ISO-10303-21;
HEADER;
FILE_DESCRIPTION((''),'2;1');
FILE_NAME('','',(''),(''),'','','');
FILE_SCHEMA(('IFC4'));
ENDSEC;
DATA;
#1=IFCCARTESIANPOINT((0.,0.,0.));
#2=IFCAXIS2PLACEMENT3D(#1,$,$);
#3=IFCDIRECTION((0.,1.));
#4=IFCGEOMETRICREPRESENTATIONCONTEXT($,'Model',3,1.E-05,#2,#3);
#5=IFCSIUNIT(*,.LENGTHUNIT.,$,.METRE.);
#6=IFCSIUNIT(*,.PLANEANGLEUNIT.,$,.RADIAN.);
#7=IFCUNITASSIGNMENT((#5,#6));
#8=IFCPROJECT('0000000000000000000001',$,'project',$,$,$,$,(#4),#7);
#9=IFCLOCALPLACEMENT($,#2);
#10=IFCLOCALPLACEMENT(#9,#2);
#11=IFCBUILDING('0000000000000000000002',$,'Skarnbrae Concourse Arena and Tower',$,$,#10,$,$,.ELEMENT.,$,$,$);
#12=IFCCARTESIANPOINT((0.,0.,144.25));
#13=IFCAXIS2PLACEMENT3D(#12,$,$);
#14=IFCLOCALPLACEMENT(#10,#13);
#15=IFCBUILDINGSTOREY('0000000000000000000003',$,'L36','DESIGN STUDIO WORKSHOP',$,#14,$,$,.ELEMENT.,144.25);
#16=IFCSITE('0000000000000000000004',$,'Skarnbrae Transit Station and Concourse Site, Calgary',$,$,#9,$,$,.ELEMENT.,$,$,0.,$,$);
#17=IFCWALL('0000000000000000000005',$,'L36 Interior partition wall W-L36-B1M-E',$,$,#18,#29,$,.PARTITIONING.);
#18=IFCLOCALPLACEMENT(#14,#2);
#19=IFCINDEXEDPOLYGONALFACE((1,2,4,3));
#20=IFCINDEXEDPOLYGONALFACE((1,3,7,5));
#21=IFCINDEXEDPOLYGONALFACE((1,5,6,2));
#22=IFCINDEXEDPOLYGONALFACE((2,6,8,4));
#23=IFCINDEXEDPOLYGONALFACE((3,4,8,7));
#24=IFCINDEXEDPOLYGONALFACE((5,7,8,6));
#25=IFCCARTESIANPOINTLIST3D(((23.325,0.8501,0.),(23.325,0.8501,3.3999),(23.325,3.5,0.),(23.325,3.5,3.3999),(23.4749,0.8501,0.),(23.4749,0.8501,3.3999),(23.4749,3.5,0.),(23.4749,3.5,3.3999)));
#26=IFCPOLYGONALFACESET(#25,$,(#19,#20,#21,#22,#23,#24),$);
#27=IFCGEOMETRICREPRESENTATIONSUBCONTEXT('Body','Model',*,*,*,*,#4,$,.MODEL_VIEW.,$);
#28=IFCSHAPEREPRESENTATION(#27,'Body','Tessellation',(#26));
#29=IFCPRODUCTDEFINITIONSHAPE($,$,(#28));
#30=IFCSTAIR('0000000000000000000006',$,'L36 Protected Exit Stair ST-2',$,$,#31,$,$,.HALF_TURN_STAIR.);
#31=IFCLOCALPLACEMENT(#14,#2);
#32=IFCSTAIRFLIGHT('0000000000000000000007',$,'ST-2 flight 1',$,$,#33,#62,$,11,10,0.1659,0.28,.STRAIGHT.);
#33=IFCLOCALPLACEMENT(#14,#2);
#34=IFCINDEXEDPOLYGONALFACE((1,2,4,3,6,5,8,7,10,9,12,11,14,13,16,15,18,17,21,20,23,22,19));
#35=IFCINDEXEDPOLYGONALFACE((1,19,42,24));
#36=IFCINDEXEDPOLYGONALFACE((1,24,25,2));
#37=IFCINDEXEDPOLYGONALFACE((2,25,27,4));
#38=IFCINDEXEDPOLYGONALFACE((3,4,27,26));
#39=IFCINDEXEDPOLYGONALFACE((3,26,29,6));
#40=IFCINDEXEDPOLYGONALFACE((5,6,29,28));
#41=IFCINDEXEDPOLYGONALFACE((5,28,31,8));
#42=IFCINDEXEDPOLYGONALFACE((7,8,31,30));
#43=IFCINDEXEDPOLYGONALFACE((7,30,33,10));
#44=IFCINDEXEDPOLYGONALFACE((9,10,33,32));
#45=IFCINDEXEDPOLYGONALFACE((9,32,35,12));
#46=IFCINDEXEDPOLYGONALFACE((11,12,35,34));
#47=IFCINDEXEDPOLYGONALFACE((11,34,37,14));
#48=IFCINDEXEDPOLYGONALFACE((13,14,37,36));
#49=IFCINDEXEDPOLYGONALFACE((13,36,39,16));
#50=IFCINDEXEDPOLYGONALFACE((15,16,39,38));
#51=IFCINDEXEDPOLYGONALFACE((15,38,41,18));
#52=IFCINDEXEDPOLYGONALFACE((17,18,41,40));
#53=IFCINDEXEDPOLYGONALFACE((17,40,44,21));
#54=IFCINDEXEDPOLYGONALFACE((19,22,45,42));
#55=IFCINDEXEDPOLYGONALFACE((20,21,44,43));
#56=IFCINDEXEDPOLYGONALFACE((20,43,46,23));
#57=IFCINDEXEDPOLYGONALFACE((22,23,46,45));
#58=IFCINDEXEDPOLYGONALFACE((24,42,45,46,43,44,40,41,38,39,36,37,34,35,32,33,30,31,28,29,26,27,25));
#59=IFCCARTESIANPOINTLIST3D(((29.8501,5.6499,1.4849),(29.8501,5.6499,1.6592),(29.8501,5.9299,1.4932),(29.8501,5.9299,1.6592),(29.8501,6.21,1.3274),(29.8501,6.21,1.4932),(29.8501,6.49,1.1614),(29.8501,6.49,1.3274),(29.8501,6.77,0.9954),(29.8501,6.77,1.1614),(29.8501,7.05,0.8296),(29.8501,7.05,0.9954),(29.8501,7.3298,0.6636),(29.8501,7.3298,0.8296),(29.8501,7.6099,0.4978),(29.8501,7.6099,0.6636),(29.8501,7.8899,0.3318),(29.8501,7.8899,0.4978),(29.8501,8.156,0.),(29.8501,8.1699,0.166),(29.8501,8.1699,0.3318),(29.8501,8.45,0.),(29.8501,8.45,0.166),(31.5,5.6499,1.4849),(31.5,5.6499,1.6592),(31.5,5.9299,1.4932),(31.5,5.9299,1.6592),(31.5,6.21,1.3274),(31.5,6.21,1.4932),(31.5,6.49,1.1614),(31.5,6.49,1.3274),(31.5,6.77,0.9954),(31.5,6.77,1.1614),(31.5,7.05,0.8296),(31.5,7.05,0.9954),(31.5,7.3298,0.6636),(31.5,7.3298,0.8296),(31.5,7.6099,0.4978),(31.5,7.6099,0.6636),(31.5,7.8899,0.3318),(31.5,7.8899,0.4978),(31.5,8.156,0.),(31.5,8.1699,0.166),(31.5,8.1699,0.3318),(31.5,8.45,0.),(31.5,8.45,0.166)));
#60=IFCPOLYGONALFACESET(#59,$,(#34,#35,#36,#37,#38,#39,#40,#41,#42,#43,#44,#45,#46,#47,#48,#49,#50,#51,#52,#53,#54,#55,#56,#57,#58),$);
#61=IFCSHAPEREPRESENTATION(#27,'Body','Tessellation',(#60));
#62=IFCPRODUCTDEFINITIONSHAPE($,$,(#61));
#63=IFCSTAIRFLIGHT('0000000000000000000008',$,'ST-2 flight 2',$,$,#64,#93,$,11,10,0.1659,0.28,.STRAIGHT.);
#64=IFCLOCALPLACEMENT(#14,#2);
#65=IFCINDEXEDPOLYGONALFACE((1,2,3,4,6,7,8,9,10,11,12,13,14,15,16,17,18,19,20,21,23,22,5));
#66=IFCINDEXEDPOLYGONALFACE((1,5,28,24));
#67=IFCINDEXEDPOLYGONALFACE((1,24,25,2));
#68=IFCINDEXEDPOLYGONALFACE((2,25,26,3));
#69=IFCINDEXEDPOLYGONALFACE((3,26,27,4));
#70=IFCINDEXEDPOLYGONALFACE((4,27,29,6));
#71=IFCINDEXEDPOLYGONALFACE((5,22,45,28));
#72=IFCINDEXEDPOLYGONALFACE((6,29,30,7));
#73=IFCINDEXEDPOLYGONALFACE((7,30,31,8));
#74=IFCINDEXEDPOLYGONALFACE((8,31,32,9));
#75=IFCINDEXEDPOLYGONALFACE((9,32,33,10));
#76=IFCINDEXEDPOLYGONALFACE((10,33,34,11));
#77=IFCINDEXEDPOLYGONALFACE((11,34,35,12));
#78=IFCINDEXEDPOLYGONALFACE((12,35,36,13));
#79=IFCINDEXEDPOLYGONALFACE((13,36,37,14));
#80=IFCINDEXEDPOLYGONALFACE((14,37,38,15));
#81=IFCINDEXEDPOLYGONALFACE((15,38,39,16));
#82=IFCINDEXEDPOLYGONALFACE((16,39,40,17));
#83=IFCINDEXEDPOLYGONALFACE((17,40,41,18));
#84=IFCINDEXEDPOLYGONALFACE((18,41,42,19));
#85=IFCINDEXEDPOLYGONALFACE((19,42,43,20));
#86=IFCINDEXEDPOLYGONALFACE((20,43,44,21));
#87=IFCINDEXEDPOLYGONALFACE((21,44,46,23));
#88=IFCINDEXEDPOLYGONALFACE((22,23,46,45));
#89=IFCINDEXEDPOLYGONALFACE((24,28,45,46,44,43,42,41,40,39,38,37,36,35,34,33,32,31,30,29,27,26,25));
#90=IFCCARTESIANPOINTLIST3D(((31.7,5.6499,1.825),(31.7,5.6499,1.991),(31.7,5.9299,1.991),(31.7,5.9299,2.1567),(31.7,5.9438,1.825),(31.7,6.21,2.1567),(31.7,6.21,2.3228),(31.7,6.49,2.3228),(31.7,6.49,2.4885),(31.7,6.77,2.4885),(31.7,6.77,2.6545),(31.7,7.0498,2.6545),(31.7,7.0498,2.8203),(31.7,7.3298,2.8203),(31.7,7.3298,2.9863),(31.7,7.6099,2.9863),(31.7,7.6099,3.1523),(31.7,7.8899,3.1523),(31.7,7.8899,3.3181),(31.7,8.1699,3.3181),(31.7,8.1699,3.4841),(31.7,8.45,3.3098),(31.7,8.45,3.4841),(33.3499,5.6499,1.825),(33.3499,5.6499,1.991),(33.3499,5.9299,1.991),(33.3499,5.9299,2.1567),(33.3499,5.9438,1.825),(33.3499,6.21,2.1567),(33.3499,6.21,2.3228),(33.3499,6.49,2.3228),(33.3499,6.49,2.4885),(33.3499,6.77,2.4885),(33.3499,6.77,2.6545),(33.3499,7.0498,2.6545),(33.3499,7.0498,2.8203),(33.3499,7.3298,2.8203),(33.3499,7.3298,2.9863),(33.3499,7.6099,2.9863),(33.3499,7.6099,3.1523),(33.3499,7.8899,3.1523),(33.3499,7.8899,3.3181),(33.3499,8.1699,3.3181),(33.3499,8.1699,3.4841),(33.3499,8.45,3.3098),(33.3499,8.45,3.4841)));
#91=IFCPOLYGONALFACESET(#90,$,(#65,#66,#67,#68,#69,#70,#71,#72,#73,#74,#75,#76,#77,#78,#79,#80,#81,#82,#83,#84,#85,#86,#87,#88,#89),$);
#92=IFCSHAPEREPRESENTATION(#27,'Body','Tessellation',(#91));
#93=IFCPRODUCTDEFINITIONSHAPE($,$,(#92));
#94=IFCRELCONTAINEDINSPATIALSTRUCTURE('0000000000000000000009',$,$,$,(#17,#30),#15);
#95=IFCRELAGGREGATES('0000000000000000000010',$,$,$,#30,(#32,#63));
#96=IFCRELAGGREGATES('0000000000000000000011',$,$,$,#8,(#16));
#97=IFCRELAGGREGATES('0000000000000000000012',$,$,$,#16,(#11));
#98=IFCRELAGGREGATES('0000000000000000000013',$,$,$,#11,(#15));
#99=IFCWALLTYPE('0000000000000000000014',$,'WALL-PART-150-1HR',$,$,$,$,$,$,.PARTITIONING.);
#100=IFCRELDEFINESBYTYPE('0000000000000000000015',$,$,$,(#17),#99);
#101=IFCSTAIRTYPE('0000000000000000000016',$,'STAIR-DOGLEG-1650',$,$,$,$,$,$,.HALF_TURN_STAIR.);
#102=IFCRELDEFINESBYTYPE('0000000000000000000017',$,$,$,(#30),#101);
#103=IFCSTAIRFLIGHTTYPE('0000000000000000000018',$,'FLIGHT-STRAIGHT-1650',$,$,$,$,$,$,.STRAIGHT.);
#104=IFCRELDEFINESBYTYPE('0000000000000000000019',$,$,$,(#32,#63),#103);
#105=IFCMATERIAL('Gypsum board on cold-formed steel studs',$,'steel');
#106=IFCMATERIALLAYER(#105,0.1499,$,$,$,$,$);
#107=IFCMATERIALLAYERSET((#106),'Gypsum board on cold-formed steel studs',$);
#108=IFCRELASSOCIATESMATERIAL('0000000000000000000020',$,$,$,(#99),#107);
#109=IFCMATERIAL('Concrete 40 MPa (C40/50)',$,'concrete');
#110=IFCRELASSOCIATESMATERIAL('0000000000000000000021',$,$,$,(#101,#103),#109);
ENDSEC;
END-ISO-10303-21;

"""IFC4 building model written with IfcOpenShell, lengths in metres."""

from ifc_helpers import new_model, si_unit, direction, frame, frame_2d, origin, place, context, subcontext, project, spatial, polyline, rectangle, outline, extrude, source, transform, mapped, material, layer, layer_set, type_object, element, aggregate, save


model = new_model("IFC4")

# Units and contexts
model_context = context("Model", 3, precision=1e-05, world=origin(), true_north=direction((0.0, 1.0)))
body_context = subcontext(model_context, "Body", "Model", "MODEL_VIEW")
ifc_project = project(units=[si_unit("LENGTHUNIT", "METRE"), si_unit("PLANEANGLEUNIT", "RADIAN")], contexts=[model_context])

# Site, building, storey
site_placement = place(None, origin())
site = spatial("IfcSite", under=ifc_project, at=site_placement, Name="Skarnbrae Transit Station and Concourse Site, Calgary", CompositionType="ELEMENT", RefElevation=0.0)
building_placement = place(site_placement, origin())
building = spatial("IfcBuilding", under=site, at=building_placement, Name="Skarnbrae Concourse Arena and Tower", CompositionType="ELEMENT")
storey_placement = place(building_placement, frame((0.0, 0.0, 144.25)))
storey = spatial("IfcBuildingStorey", under=building, at=storey_placement, Name="L36", Description="DESIGN STUDIO WORKSHOP", CompositionType="ELEMENT", Elevation=144.25)

# Shared definitions
ifc_material_1 = material(Name="Gypsum board on cold-formed steel studs", Category="steel")

# Shared definitions
ifc_layer_1 = layer(ifc_material_1, 0.1499)
ifc_layer_set_1 = layer_set([ifc_layer_1], Name="Gypsum board on cold-formed steel studs")
wall_type_1 = type_object("IfcWallType", Name="WALL-PART-150-1HR", PredefinedType="PARTITIONING", material=ifc_layer_set_1)

# Wall
shared_shape_1 = source(origin(), body_context, "Body", "SweptSolid", [
    extrude(rectangle(XDim=2.6499, YDim=0.1499, at=frame_2d((1.325, 0.0))), origin(), (0.0, 0.0, 1.0), 3.3999),
])
wall_1_placement = place(storey_placement, frame((23.3999, 0.8501, 0.0), z_axis=(0.0, 0.0, 1.0), x_axis=(0.0, 1.0, 0.0)))
element("IfcWall", 1, at=wall_1_placement, inside=storey, type_object=wall_type_1, Name="L36 Interior partition wall W-L36-B1M-E", PredefinedType="PARTITIONING", context=body_context, shape_type="MappedRepresentation", body=[
    mapped(shared_shape_1, transform((0.0, 0.0, 0.0))),
])

# Stair, stair flights
ifc_material_2 = material(Name="Concrete 40 MPa (C40/50)", Category="concrete")
stair_type = type_object("IfcStairType", Name="STAIR-DOGLEG-1650", PredefinedType="HALF_TURN_STAIR", material=ifc_material_2)
stair_placement = place(storey_placement, origin())
stair = element("IfcStair", 2, at=stair_placement, inside=storey, type_object=stair_type, Name="L36 Protected Exit Stair ST-2", PredefinedType="HALF_TURN_STAIR")
stair_flight_type = type_object("IfcStairFlightType", Name="FLIGHT-STRAIGHT-1650", PredefinedType="STRAIGHT", material=ifc_material_2)
shared_shape_2 = source(origin(), body_context, "Body", "SweptSolid", [
    extrude(outline(polyline([(0.0, 0.0), (0.0, 0.166), (0.28, 0.166), (0.28, 0.3318), (0.5601, 0.3318), (0.5601, 0.4978), (0.8401, 0.4978), (0.8401, 0.6636), (1.1201, 0.6636), (1.1201, 0.8296), (1.3999, 0.8296), (1.3999, 0.9954), (1.6799, 0.9954), (1.6799, 1.1614), (1.96, 1.1614), (1.96, 1.3274), (2.24, 1.3274), (2.24, 1.4932), (2.52, 1.4932), (2.52, 1.6592), (2.8, 1.6592), (2.8, 1.825), (2.8, 1.4849), (0.2939, 0.0), (0.0, 0.0)])), frame((0.0, 0.825, 0.0), z_axis=(0.0, -1.0, 0.0), x_axis=(1.0, 0.0, 0.0)), (0.0, 0.0, 1.0), 1.6499),
])
stair_flight_1_placement = place(storey_placement, frame((30.675, 8.45, 0.0), z_axis=(0.0, 0.0, 1.0), x_axis=(0.0, -1.0, 0.0)))
stair_flight_1 = element("IfcStairFlight", 3, at=stair_flight_1_placement, type_object=stair_flight_type, Name="ST-2 flight 1", NumberOfRisers=11, NumberOfTreads=10, PredefinedType="STRAIGHT", RiserHeight=0.1659, TreadLength=0.28, context=body_context, shape_type="MappedRepresentation", body=[
    mapped(shared_shape_2, transform((0.0, 0.0, 0.0))),
])
stair_flight_2_placement = place(storey_placement, frame((32.5249, 5.6499, 1.825), z_axis=(0.0, 0.0, 1.0), x_axis=(0.0, 1.0, 0.0)))
stair_flight_2 = element("IfcStairFlight", 4, at=stair_flight_2_placement, type_object=stair_flight_type, Name="ST-2 flight 2", NumberOfRisers=11, NumberOfTreads=10, PredefinedType="STRAIGHT", RiserHeight=0.1659, TreadLength=0.28, context=body_context, shape_type="MappedRepresentation", body=[
    mapped(shared_shape_2, transform((0.0, 0.0, 0.0))),
])
aggregate(stair, [stair_flight_1, stair_flight_2])

save(model, "model.ifc")
